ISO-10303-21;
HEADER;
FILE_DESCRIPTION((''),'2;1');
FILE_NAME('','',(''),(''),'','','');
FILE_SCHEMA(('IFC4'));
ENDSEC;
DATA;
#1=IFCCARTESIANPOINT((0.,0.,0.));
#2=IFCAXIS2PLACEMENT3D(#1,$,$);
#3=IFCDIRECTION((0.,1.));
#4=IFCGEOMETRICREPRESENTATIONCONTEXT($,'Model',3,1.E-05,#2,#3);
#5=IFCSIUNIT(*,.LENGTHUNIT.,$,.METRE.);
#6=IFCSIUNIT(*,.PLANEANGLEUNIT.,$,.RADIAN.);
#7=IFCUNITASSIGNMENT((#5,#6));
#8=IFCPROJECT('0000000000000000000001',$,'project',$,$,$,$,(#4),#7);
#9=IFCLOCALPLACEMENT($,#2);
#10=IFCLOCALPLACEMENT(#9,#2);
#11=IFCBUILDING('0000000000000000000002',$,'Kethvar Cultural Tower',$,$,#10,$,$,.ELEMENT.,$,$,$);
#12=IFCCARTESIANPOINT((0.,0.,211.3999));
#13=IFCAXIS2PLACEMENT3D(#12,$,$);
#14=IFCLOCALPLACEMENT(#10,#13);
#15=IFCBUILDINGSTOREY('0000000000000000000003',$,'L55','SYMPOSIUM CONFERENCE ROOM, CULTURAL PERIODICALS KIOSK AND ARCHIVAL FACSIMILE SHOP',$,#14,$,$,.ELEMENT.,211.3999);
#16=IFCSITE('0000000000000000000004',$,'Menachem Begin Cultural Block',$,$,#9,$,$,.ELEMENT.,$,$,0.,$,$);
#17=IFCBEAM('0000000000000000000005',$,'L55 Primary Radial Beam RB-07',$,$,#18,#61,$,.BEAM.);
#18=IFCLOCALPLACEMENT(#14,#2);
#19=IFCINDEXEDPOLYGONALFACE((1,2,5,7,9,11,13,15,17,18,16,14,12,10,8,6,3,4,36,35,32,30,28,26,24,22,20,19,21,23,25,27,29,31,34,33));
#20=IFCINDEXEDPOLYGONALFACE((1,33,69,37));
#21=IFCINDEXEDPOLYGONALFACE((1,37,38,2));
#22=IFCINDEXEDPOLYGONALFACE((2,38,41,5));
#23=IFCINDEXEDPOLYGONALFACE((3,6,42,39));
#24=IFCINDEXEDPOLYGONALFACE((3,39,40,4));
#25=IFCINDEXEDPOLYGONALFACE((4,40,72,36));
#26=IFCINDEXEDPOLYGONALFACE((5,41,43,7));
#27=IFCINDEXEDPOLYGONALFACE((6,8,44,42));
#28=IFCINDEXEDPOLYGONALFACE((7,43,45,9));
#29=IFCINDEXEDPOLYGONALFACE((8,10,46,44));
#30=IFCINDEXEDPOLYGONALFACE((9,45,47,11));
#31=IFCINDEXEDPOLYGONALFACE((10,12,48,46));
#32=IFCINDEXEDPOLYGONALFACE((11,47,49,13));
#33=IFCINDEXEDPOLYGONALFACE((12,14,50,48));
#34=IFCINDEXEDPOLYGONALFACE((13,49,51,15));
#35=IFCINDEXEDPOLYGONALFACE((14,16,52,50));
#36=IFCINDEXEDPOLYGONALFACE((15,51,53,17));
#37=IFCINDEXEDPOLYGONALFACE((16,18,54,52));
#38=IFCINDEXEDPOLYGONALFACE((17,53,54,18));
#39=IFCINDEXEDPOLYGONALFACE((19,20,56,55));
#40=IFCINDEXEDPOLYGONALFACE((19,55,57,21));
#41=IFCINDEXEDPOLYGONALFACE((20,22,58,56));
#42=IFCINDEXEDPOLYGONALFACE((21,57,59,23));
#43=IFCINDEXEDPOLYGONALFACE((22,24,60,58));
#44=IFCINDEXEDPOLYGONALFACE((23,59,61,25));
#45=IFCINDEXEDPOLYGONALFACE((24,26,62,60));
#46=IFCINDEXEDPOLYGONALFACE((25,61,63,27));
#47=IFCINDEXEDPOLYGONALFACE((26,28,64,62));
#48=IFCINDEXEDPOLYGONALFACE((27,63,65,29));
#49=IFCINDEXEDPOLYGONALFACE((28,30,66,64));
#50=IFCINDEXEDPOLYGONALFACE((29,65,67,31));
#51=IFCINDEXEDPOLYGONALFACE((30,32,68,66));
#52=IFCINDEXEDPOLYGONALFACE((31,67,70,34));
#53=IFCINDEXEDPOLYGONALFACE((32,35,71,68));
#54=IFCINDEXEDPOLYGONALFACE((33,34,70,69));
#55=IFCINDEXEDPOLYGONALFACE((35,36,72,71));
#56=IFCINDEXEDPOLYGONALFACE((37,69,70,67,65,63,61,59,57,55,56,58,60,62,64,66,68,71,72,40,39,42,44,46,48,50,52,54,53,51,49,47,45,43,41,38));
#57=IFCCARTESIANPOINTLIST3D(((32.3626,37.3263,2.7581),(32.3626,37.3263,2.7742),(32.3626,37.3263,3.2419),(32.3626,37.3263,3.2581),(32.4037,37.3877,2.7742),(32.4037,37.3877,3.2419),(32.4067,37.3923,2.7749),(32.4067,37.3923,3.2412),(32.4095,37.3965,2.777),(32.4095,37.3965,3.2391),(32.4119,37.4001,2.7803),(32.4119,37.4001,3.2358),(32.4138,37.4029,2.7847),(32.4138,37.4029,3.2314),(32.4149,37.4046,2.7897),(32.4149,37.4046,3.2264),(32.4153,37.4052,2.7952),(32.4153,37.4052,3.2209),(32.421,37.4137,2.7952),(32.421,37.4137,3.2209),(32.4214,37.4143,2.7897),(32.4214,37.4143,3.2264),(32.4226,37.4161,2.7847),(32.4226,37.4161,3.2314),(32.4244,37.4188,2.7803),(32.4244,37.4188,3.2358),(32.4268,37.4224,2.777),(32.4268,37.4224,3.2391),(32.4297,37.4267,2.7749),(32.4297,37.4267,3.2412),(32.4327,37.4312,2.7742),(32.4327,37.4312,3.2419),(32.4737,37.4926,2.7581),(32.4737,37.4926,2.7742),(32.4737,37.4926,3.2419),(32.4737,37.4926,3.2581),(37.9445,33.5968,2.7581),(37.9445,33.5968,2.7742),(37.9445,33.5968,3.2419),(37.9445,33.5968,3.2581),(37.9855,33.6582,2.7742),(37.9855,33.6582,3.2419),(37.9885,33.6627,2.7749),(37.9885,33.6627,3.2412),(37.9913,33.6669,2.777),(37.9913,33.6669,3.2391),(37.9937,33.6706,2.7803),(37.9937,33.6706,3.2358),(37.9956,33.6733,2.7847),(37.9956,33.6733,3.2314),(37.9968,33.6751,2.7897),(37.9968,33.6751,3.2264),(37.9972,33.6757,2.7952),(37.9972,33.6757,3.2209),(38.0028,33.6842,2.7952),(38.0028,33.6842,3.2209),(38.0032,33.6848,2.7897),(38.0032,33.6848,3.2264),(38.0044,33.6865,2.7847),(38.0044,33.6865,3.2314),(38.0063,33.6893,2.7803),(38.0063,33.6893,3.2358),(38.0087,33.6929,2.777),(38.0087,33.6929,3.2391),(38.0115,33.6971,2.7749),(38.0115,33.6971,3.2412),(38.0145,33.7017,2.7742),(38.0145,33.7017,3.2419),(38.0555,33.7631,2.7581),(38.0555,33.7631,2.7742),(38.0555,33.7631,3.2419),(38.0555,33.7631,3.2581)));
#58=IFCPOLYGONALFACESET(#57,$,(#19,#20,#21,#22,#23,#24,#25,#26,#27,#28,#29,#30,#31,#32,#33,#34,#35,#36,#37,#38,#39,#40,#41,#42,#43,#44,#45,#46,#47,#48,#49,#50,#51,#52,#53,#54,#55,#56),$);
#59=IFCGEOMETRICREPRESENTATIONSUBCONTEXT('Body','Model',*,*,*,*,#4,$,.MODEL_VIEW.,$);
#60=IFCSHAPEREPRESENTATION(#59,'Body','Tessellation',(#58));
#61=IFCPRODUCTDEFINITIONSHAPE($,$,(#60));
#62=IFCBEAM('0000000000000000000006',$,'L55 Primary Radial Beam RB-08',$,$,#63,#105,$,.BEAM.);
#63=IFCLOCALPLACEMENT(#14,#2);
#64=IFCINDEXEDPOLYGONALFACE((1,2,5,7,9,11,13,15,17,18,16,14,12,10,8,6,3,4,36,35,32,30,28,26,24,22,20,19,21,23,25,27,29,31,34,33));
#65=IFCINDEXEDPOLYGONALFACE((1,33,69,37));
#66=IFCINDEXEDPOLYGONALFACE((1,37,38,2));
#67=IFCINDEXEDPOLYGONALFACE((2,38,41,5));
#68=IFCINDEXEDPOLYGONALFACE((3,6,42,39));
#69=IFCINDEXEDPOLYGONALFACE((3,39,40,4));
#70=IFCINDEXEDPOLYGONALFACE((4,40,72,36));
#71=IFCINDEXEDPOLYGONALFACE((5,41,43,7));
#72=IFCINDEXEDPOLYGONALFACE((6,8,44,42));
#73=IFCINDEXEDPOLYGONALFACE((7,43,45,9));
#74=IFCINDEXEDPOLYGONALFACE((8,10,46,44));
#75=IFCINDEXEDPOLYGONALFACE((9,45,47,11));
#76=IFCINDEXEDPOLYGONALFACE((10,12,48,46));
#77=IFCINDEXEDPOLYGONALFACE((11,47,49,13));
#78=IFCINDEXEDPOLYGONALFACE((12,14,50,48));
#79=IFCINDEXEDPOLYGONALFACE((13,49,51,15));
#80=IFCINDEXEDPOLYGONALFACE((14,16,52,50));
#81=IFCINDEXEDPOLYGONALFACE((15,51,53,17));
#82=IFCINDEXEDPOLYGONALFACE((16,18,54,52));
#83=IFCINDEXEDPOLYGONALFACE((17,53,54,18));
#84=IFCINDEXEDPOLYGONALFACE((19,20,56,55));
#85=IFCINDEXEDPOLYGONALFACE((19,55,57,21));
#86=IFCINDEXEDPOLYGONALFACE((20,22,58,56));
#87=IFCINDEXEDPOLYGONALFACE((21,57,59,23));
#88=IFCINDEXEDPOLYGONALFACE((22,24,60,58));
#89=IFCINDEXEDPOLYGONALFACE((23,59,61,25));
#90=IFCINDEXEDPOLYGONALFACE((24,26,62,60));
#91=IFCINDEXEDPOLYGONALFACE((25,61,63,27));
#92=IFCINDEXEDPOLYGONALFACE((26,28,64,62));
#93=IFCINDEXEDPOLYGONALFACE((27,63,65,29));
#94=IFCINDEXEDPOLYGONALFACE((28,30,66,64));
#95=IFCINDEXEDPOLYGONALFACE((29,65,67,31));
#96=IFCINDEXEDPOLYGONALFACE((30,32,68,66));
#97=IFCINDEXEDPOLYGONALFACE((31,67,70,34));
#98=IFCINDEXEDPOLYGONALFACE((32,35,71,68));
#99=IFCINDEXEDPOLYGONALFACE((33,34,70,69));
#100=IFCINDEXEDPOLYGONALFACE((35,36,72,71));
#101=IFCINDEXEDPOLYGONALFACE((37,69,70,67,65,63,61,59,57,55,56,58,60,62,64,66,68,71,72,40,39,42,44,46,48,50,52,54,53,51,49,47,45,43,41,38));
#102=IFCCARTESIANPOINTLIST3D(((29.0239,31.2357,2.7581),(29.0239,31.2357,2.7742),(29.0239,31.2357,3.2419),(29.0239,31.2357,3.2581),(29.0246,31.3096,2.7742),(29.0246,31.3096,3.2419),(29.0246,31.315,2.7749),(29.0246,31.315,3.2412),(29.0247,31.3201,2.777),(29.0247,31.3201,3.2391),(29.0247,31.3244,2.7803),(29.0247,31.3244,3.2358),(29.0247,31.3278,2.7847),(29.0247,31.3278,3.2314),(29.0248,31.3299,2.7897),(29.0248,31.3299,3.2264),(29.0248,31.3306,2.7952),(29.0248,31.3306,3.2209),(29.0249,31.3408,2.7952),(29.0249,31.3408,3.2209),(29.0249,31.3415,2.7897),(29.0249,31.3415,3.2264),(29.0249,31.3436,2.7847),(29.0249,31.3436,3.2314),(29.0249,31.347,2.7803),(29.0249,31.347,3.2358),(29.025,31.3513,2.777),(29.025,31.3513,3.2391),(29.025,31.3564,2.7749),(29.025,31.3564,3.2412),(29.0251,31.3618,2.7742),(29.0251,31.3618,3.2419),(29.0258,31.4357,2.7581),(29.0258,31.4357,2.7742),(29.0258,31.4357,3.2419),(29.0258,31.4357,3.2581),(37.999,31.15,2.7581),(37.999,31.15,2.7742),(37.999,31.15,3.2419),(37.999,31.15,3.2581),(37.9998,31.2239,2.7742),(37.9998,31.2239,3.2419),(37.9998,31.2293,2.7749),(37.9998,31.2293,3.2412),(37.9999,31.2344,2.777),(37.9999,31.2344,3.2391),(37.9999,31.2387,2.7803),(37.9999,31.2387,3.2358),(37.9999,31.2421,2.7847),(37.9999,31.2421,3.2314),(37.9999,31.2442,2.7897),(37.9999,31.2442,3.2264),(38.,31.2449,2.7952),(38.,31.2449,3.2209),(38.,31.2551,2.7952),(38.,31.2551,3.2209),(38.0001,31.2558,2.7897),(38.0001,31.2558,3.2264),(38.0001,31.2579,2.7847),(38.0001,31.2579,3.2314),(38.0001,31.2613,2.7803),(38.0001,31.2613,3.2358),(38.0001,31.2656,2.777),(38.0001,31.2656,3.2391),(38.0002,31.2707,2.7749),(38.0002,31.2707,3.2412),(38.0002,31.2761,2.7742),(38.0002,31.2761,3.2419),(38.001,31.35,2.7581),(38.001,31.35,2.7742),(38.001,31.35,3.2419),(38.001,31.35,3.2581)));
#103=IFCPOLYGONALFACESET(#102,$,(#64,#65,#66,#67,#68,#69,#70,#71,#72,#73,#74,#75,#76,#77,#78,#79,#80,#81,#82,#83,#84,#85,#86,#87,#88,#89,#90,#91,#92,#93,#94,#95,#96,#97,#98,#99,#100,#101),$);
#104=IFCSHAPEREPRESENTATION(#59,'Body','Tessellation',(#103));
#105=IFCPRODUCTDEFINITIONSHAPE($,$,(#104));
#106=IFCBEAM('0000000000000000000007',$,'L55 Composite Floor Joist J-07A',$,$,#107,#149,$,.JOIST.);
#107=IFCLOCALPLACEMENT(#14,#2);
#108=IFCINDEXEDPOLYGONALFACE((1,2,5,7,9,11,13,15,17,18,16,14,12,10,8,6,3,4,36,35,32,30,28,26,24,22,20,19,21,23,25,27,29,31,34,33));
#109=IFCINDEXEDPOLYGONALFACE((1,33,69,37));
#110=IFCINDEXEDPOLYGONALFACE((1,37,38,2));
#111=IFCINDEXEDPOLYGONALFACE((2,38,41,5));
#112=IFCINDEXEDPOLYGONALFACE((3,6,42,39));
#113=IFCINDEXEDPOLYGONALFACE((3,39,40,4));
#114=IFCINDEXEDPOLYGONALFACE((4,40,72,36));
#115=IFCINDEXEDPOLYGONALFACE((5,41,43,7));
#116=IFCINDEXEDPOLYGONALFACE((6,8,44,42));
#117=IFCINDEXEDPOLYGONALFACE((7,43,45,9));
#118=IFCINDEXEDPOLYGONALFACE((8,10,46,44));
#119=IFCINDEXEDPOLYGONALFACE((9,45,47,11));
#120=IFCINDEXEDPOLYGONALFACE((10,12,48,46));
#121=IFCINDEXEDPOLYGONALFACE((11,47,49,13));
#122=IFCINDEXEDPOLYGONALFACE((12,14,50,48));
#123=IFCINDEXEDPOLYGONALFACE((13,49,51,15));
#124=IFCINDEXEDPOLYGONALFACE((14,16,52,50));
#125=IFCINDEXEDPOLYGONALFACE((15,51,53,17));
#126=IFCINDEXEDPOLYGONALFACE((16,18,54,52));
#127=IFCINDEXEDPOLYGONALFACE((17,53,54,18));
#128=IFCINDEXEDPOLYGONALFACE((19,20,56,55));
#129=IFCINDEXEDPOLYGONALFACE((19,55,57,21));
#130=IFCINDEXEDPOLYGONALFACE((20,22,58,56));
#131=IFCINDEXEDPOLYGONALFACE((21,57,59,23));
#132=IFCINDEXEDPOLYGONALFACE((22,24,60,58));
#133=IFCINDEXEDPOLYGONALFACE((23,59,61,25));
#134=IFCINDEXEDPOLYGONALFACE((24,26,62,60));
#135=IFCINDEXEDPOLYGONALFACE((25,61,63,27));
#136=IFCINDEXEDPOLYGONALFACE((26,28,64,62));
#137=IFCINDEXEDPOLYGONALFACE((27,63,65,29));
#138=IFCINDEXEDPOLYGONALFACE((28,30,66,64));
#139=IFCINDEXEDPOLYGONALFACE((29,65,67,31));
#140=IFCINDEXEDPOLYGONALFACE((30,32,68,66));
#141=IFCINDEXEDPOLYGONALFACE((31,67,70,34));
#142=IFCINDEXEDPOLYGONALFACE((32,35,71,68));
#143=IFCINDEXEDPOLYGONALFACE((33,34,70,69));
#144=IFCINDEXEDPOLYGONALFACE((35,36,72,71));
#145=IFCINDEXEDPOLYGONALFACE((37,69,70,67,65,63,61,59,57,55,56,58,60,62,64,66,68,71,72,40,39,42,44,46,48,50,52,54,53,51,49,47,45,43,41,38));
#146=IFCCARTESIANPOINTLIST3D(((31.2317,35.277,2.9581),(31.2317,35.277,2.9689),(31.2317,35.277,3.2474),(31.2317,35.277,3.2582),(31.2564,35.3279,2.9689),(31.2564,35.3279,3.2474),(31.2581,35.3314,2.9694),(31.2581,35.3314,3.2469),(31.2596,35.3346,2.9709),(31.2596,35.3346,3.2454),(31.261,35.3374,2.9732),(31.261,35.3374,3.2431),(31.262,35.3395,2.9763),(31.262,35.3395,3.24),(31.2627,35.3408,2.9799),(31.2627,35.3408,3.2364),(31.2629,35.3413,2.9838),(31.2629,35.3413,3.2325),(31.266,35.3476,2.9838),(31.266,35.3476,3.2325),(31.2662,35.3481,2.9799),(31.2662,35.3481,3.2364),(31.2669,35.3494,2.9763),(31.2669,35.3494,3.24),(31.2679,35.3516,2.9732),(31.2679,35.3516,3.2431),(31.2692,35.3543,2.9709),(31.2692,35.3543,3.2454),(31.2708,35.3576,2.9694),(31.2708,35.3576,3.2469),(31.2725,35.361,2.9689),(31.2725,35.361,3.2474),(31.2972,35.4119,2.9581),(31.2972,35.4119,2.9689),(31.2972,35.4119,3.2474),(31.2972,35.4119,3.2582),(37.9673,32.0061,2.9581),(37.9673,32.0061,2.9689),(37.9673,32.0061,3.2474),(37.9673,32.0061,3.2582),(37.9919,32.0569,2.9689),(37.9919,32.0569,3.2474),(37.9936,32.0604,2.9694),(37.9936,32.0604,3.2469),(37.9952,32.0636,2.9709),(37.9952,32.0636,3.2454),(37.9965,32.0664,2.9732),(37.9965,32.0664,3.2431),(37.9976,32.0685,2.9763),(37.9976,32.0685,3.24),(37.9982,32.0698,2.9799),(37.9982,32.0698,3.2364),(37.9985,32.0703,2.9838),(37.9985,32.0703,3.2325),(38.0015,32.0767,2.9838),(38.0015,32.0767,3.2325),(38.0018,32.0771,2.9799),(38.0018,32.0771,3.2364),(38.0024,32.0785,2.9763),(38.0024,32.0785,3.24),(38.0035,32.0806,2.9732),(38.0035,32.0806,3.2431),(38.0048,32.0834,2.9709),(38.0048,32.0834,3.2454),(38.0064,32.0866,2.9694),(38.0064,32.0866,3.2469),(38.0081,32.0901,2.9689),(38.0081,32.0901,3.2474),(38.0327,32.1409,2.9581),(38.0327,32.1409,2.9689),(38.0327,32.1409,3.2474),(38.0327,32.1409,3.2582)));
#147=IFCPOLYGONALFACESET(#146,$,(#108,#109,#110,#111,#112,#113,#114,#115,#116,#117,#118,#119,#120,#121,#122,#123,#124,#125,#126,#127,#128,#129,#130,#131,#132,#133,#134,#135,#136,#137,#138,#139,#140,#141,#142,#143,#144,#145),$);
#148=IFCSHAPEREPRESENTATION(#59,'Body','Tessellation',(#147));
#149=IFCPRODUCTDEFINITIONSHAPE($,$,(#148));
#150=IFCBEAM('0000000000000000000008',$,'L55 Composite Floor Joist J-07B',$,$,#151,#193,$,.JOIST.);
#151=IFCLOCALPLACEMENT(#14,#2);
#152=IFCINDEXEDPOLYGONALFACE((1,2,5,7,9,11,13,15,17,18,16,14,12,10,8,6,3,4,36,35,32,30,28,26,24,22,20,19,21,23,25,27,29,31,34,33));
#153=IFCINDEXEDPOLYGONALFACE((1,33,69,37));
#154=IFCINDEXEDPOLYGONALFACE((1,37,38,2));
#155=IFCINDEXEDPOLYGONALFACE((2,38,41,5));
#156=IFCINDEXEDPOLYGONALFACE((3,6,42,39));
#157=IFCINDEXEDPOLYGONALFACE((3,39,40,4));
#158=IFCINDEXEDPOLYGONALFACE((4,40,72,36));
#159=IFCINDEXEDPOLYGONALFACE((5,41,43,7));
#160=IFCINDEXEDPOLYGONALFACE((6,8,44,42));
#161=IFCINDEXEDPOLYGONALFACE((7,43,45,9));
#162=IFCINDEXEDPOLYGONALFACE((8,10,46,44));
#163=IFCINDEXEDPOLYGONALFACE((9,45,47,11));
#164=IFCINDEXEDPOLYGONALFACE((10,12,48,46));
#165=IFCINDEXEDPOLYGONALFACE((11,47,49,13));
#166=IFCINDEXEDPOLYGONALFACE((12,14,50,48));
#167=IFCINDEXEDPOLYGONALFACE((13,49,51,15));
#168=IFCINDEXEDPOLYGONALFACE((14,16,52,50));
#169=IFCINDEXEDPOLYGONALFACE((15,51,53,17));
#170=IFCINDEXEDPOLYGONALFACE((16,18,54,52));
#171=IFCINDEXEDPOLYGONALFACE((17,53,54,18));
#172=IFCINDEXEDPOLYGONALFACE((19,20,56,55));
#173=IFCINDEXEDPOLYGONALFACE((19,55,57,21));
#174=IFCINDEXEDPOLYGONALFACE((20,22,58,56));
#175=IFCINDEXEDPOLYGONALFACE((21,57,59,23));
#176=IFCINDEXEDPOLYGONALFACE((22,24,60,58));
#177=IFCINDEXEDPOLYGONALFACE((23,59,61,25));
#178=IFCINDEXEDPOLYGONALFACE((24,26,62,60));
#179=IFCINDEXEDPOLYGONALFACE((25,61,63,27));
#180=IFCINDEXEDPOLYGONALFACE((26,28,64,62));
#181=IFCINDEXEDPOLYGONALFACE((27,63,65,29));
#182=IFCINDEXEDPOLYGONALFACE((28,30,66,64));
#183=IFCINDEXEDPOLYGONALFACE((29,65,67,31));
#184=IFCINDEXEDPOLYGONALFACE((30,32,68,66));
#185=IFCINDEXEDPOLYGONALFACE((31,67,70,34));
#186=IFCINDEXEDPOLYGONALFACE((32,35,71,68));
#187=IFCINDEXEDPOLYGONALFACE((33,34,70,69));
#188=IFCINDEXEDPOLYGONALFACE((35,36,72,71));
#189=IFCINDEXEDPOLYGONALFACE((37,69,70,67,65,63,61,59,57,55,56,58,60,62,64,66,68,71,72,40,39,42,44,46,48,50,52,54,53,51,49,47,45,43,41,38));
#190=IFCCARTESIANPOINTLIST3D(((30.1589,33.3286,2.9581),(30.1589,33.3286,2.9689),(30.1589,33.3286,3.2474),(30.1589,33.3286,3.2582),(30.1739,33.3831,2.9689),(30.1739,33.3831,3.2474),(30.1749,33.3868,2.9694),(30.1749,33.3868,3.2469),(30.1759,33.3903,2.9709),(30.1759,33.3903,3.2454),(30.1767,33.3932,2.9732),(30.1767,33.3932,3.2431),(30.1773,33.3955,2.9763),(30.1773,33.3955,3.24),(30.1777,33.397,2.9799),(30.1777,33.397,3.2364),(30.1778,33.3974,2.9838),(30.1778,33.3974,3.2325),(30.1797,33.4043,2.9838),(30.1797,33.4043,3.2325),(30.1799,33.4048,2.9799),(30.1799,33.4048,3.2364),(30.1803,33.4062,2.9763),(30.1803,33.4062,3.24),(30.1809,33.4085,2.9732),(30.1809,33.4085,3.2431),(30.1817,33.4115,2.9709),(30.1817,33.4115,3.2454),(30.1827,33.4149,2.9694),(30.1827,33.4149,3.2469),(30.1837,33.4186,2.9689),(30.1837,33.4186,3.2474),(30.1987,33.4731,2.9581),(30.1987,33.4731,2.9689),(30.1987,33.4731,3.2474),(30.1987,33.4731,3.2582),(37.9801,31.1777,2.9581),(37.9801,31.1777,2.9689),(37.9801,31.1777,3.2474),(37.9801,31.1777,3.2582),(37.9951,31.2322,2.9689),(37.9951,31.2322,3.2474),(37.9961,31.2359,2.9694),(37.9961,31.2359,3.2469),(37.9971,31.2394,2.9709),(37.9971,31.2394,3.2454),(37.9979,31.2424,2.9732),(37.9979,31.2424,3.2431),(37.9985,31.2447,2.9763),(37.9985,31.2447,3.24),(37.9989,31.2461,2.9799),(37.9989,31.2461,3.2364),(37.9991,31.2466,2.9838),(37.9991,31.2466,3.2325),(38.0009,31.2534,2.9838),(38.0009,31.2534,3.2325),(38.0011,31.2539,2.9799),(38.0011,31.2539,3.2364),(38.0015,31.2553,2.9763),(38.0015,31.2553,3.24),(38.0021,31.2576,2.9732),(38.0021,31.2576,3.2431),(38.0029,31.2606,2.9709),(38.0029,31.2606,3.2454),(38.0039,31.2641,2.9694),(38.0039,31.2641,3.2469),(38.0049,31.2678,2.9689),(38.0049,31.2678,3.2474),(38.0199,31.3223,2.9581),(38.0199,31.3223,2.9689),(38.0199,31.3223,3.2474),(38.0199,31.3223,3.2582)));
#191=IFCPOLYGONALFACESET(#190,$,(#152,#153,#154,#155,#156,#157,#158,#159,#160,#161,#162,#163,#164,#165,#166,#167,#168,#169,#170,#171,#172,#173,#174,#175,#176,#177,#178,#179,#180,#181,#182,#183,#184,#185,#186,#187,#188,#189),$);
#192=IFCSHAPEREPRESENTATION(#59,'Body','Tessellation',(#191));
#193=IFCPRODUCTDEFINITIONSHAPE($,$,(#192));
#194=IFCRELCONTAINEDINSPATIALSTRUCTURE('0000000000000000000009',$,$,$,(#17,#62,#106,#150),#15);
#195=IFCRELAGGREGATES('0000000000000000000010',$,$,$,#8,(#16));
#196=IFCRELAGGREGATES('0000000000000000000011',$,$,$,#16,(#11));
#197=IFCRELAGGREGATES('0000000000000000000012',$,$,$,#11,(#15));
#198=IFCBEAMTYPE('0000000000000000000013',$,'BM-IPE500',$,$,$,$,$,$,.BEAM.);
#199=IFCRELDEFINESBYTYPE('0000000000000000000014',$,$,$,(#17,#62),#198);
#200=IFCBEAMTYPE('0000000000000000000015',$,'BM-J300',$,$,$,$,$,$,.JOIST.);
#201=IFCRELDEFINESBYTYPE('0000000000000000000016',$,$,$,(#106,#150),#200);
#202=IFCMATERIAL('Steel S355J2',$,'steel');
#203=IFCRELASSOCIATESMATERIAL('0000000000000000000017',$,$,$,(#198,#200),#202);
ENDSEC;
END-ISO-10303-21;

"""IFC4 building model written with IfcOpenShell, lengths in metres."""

from ifc_helpers import new_model, si_unit, direction, frame, origin, origin_2d, place, context, subcontext, project, spatial, i_section, extrude, source, transform, mapped, material, material_profile, profile_set, type_object, element, save


model = new_model("IFC4")

# Units and contexts
model_context = context("Model", 3, precision=1e-05, world=origin(), true_north=direction((0.0, 1.0)))
body_context = subcontext(model_context, "Body", "Model", "MODEL_VIEW")
ifc_project = project(units=[si_unit("LENGTHUNIT", "METRE"), si_unit("PLANEANGLEUNIT", "RADIAN")], contexts=[model_context])

# Site, building, storey
site_placement = place(None, origin())
site = spatial("IfcSite", under=ifc_project, at=site_placement, Name="Menachem Begin Cultural Block", CompositionType="ELEMENT", RefElevation=0.0)
building_placement = place(site_placement, origin())
building = spatial("IfcBuilding", under=site, at=building_placement, Name="Kethvar Cultural Tower", CompositionType="ELEMENT")
storey_placement = place(building_placement, frame((0.0, 0.0, 211.3999)))
storey = spatial("IfcBuildingStorey", under=building, at=storey_placement, Name="L55", Description="SYMPOSIUM CONFERENCE ROOM, CULTURAL PERIODICALS KIOSK AND ARCHIVAL FACSIMILE SHOP", CompositionType="ELEMENT", Elevation=211.3999)

# Beams
ifc_material_1 = material(Name="Steel S355J2", Category="steel")
ifc_material_profile_1 = material_profile(ifc_material_1, i_section(OverallWidth=0.2, OverallDepth=0.5, WebThickness=0.0103, FlangeThickness=0.0161, FilletRadius=0.021, at=origin_2d()), Name="Steel S355J2 — IPE500")
ifc_profile_set_1 = profile_set([ifc_material_profile_1], Name="Steel S355J2 — IPE500")
beam_type_1 = type_object("IfcBeamType", Name="BM-IPE500", PredefinedType="BEAM", material=ifc_profile_set_1)
shared_shape_1 = source(origin(), body_context, "Body", "SweptSolid", [
    extrude(i_section(OverallWidth=0.2, OverallDepth=0.5, WebThickness=0.0103, FlangeThickness=0.0161, FilletRadius=0.021, at=origin_2d()), origin(), (0.0, 0.0, 1.0), 6.7131),
])
beam_1_placement = place(storey_placement, frame((38.0, 33.6799, 3.0081), z_axis=(-0.831479, 0.555556, 0.0), x_axis=(-0.555556, -0.831479, 0.0)))
element("IfcBeam", 1, at=beam_1_placement, inside=storey, type_object=beam_type_1, Name="L55 Primary Radial Beam RB-07", PredefinedType="BEAM", context=body_context, shape_type="MappedRepresentation", body=[
    mapped(shared_shape_1, transform((0.0, 0.0, 0.0), scale=1.0)),
])
shared_shape_2 = source(origin(), body_context, "Body", "SweptSolid", [
    extrude(i_section(OverallWidth=0.2, OverallDepth=0.5, WebThickness=0.0103, FlangeThickness=0.0161, FilletRadius=0.021, at=origin_2d()), origin(), (0.0, 0.0, 1.0), 8.9756),
])
beam_2_placement = place(storey_placement, frame((38.0, 31.25, 3.0081), z_axis=(-0.999954, 0.009547, 0.0), x_axis=(-0.009547, -0.999954, 0.0)))
element("IfcBeam", 2, at=beam_2_placement, inside=storey, type_object=beam_type_1, Name="L55 Primary Radial Beam RB-08", PredefinedType="BEAM", context=body_context, shape_type="MappedRepresentation", body=[
    mapped(shared_shape_2, transform((0.0, 0.0, 0.0), scale=1.0)),
])
ifc_material_profile_2 = material_profile(ifc_material_1, i_section(OverallWidth=0.1499, OverallDepth=0.3, WebThickness=0.0071, FlangeThickness=0.0107, FilletRadius=0.0149, at=origin_2d()), Name="Steel S355J2 — IPE300")
ifc_profile_set_2 = profile_set([ifc_material_profile_2], Name="Steel S355J2 — IPE300")
beam_type_2 = type_object("IfcBeamType", Name="BM-J300", PredefinedType="JOIST", material=ifc_profile_set_2)
shared_shape_3 = source(origin(), body_context, "Body", "SweptSolid", [
    extrude(i_section(OverallWidth=0.1499, OverallDepth=0.3, WebThickness=0.0071, FlangeThickness=0.0107, FilletRadius=0.0149, at=origin_2d()), origin(), (0.0, 0.0, 1.0), 7.4878),
])
beam_3_placement = place(storey_placement, frame((38.0, 32.0735, 3.1082), z_axis=(-0.899539, 0.436841, 0.0), x_axis=(-0.436841, -0.899539, 0.0)))
element("IfcBeam", 3, at=beam_3_placement, inside=storey, type_object=beam_type_2, Name="L55 Composite Floor Joist J-07A", PredefinedType="JOIST", context=body_context, shape_type="MappedRepresentation", body=[
    mapped(shared_shape_3, transform((0.0, 0.0, 0.0), scale=1.0)),
])
shared_shape_4 = source(origin(), body_context, "Body", "SweptSolid", [
    extrude(i_section(OverallWidth=0.1499, OverallDepth=0.3, WebThickness=0.0071, FlangeThickness=0.0107, FilletRadius=0.0149, at=origin_2d()), origin(), (0.0, 0.0, 1.0), 8.1116),
])
beam_4_placement = place(storey_placement, frame((38.0, 31.25, 3.1082), z_axis=(-0.964205, 0.265159, 0.0), x_axis=(-0.265159, -0.964205, 0.0)))
element("IfcBeam", 4, at=beam_4_placement, inside=storey, type_object=beam_type_2, Name="L55 Composite Floor Joist J-07B", PredefinedType="JOIST", context=body_context, shape_type="MappedRepresentation", body=[
    mapped(shared_shape_4, transform((0.0, 0.0, 0.0), scale=1.0)),
])

save(model, "model.ifc")
